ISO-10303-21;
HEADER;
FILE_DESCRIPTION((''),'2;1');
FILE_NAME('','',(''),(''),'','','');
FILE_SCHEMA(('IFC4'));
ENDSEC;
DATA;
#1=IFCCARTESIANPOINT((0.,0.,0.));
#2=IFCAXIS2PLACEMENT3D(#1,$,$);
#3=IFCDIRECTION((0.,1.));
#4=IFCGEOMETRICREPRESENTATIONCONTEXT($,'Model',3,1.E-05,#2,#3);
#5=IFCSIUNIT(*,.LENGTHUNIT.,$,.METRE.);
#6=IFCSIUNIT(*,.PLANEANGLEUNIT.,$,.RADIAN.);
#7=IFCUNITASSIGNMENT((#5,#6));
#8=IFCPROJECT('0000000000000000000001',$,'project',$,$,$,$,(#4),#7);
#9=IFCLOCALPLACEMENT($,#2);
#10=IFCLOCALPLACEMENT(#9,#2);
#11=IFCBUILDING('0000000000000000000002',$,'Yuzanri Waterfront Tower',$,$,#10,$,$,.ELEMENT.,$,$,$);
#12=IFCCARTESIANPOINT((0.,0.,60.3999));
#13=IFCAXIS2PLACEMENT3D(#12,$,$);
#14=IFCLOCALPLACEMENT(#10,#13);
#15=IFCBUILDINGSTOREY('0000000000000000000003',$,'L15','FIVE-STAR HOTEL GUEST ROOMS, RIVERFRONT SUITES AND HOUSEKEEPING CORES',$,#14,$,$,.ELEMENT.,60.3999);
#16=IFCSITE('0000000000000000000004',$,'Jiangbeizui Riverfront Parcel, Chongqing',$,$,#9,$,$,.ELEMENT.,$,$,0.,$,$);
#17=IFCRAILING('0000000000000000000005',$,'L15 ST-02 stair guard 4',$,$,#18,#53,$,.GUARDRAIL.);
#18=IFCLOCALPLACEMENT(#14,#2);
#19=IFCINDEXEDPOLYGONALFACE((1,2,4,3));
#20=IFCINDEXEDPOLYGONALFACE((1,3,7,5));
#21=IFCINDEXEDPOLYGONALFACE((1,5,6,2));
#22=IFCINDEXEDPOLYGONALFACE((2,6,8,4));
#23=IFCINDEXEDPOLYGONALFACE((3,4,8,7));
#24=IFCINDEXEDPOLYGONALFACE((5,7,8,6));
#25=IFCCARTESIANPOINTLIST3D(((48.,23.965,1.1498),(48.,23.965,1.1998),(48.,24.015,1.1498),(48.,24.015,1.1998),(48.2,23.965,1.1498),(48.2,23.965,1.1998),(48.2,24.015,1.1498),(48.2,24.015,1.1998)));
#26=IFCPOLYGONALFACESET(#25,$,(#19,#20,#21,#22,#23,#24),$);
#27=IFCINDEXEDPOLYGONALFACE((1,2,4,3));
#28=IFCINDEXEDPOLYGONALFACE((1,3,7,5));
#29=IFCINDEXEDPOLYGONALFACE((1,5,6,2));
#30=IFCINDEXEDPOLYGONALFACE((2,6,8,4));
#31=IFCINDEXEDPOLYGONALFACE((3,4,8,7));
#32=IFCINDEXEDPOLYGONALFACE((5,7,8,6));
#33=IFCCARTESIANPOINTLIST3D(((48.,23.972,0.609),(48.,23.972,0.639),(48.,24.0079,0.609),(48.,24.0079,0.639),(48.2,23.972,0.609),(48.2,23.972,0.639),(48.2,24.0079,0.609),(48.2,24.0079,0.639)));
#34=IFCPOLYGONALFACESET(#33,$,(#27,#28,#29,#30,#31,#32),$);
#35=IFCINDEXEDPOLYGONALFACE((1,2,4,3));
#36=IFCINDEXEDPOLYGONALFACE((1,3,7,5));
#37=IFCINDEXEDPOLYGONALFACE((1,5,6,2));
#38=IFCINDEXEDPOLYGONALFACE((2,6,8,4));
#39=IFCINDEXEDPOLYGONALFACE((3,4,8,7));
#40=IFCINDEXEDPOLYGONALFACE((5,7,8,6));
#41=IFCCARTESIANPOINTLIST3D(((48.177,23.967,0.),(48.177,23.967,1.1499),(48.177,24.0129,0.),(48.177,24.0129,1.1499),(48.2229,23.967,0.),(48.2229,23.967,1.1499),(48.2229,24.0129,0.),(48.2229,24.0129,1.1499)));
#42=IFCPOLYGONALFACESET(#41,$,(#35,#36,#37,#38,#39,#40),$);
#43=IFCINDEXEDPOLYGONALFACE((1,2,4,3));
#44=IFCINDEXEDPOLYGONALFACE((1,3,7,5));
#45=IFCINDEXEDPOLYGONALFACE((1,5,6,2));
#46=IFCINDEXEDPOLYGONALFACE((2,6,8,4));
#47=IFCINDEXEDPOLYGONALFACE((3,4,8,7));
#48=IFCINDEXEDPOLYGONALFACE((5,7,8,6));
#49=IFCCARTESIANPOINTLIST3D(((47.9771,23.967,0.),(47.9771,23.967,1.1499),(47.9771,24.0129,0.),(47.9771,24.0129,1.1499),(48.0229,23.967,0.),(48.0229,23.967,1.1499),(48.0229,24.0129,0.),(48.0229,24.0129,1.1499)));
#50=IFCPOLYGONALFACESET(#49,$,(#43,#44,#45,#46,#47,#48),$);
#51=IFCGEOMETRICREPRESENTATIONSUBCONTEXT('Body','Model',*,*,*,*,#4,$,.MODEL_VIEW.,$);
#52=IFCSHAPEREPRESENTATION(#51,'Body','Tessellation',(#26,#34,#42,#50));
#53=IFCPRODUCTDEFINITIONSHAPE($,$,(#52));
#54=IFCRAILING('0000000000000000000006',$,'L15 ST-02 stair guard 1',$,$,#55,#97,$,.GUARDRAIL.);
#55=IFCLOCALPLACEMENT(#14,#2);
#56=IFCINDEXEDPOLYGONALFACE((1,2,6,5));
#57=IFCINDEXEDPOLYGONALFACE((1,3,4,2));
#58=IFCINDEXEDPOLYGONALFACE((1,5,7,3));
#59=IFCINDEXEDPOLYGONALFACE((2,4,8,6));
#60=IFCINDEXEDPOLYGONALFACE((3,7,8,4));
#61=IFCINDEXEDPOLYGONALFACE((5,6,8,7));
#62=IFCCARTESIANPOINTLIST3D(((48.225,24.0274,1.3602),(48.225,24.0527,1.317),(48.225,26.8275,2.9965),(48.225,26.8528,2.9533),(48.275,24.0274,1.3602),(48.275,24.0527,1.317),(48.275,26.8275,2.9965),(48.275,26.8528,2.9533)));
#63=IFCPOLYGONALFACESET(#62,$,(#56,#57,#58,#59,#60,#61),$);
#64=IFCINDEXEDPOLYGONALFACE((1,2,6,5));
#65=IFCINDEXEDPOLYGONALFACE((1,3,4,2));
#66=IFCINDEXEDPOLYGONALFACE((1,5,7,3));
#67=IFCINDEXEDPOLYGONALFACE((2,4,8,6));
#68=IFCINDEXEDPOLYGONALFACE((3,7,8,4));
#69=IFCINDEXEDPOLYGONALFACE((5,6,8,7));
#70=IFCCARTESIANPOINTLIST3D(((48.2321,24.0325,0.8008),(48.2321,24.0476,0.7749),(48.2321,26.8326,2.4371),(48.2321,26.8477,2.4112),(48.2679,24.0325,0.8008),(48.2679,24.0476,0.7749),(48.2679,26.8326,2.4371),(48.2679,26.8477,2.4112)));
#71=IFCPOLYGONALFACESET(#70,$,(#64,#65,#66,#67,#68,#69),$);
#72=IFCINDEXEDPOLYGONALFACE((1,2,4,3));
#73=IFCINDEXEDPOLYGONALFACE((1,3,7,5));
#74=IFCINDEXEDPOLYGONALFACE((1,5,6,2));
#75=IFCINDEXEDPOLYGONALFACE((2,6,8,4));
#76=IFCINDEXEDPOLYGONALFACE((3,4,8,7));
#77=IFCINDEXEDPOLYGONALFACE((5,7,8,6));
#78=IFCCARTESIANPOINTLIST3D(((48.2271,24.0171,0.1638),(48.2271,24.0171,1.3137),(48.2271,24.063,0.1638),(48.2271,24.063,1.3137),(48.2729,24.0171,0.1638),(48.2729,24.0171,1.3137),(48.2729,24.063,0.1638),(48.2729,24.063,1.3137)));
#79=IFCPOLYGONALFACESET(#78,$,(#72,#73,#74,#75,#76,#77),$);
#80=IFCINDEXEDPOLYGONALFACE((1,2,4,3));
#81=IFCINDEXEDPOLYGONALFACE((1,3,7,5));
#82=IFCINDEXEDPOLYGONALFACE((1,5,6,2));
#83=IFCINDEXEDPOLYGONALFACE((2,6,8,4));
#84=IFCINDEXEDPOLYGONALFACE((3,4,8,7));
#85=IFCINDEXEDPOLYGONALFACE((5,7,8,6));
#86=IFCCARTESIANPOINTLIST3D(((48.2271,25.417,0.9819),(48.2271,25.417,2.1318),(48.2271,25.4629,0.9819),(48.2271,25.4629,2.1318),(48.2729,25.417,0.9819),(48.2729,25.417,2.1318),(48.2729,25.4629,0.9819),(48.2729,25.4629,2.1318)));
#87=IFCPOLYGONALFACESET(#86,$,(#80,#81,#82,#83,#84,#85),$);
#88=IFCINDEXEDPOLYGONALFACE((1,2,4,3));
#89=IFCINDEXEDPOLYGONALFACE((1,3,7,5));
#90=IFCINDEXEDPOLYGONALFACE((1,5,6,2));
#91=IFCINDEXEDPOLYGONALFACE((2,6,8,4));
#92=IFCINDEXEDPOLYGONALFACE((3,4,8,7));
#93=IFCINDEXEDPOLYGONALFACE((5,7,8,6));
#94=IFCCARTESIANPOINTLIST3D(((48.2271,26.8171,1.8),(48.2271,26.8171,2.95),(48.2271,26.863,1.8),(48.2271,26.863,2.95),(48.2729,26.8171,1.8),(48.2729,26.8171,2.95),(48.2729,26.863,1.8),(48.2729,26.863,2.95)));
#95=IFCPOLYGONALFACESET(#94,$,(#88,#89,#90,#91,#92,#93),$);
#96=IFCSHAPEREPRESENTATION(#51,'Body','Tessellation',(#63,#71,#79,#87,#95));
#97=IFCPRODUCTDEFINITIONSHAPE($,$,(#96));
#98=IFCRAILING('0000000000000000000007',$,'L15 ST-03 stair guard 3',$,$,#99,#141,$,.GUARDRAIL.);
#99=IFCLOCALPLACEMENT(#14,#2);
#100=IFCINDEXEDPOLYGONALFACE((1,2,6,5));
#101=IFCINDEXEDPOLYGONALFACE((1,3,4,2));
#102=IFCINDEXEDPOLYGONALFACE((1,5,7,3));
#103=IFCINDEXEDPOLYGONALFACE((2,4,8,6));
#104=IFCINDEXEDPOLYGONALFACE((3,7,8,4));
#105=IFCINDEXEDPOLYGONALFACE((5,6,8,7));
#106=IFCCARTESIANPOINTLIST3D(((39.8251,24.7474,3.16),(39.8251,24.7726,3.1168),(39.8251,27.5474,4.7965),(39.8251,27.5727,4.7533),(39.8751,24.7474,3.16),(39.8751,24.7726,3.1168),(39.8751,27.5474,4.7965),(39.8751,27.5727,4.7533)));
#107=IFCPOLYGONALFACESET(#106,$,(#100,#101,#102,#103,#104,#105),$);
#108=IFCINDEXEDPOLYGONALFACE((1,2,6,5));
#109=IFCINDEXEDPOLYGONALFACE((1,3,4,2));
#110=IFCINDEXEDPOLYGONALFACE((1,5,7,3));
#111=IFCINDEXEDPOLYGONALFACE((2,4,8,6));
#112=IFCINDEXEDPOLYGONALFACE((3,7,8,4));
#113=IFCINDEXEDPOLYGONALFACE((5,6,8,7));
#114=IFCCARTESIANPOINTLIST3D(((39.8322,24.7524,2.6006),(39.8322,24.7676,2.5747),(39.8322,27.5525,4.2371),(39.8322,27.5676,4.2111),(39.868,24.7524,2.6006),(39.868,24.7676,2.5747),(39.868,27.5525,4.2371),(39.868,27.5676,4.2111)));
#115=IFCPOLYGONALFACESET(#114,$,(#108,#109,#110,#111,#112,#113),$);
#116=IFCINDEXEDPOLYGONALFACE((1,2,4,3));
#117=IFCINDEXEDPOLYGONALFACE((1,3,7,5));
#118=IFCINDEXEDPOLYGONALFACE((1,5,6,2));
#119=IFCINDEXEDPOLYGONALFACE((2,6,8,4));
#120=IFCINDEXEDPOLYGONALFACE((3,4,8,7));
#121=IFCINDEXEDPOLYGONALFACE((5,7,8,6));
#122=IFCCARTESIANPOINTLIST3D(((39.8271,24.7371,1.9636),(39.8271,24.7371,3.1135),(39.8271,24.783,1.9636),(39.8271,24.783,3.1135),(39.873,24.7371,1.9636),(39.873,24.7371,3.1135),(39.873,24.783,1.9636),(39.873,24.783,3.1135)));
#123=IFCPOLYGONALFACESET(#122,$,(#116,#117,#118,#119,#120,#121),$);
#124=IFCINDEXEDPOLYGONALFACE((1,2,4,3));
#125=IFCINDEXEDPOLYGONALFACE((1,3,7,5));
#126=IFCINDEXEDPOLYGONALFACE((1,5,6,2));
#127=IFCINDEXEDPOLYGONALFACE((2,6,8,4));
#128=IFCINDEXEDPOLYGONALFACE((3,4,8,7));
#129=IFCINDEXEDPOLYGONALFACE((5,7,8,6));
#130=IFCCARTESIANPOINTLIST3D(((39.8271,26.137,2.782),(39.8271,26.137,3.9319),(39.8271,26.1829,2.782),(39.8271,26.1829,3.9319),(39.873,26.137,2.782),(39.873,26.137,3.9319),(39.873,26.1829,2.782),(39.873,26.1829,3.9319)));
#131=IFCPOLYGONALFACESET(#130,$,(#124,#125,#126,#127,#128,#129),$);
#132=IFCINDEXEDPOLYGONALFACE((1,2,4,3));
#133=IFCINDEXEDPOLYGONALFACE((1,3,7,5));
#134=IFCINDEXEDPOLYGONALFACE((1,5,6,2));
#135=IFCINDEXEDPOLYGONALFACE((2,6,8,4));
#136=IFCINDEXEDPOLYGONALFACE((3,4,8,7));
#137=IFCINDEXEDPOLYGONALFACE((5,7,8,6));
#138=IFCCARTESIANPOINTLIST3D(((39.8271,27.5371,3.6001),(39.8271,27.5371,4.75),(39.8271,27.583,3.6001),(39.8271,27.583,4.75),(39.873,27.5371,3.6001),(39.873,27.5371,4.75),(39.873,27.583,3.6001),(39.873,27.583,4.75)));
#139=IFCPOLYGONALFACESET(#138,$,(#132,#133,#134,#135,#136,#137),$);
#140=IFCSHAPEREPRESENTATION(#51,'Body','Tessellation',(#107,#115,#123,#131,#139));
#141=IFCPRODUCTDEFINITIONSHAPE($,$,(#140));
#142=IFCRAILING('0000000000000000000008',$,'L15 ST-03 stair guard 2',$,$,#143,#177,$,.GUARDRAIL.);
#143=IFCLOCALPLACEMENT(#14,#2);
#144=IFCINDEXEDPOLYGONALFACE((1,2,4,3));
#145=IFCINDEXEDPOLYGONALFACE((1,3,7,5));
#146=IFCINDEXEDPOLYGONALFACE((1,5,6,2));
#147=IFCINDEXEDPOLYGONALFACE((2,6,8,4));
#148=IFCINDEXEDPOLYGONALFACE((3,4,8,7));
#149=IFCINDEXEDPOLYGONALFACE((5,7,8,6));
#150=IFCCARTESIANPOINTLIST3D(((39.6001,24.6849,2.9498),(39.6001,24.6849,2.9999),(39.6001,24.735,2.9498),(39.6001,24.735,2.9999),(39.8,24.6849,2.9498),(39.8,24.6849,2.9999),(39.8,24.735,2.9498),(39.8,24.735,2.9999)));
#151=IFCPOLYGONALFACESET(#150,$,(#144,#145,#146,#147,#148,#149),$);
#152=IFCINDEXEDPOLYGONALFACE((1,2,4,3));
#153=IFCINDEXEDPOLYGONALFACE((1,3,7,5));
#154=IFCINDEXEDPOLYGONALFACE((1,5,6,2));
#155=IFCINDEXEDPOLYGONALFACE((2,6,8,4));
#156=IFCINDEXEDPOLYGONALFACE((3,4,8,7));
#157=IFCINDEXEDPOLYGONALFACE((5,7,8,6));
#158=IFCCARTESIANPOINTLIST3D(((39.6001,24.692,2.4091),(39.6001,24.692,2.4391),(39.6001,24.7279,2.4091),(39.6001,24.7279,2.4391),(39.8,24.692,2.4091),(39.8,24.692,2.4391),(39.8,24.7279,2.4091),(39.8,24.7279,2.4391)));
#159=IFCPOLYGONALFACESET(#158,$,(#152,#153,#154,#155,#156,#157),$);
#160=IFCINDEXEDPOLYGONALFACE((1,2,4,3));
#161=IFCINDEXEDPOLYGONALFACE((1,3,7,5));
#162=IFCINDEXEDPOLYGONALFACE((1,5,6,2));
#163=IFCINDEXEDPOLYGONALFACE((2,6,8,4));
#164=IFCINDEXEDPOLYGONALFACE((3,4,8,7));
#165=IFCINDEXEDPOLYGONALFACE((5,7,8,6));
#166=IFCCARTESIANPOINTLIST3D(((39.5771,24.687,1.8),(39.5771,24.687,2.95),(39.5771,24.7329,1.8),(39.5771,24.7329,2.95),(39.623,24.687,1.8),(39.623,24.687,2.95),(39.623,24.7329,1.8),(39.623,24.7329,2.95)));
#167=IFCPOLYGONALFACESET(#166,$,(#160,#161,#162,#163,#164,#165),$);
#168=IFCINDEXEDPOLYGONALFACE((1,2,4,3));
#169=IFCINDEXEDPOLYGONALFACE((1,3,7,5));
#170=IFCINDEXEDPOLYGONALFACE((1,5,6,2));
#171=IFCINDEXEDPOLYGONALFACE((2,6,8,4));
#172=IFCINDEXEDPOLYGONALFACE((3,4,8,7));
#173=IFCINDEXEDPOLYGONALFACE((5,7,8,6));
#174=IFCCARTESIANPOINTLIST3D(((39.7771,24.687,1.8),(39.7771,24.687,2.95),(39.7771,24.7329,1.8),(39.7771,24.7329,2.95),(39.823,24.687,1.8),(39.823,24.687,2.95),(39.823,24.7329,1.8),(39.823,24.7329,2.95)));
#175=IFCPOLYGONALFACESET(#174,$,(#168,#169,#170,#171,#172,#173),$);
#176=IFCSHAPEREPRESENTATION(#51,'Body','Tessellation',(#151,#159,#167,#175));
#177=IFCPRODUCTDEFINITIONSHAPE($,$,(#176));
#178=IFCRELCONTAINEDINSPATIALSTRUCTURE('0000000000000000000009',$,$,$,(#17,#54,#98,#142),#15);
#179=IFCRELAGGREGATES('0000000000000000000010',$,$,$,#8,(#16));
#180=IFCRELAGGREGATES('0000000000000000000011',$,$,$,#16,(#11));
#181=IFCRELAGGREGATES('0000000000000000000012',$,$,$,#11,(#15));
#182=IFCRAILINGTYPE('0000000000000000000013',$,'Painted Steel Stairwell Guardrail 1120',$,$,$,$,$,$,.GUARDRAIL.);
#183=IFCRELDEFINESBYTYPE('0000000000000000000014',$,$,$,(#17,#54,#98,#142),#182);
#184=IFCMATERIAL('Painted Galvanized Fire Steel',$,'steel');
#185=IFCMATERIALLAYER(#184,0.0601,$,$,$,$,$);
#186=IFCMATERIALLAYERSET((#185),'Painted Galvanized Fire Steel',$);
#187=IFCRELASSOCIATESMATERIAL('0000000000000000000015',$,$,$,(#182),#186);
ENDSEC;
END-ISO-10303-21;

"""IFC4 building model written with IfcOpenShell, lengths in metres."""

from ifc_helpers import new_model, si_unit, direction, frame, origin, origin_2d, place, context, subcontext, project, spatial, rectangle, extrude, source, transform, mapped, material, layer, layer_set, type_object, element, save


model = new_model("IFC4")

# Units and contexts
model_context = context("Model", 3, precision=1e-05, world=origin(), true_north=direction((0.0, 1.0)))
body_context = subcontext(model_context, "Body", "Model", "MODEL_VIEW")
ifc_project = project(units=[si_unit("LENGTHUNIT", "METRE"), si_unit("PLANEANGLEUNIT", "RADIAN")], contexts=[model_context])

# Site, building, storey
site_placement = place(None, origin())
site = spatial("IfcSite", under=ifc_project, at=site_placement, Name="Jiangbeizui Riverfront Parcel, Chongqing", CompositionType="ELEMENT", RefElevation=0.0)
building_placement = place(site_placement, origin())
building = spatial("IfcBuilding", under=site, at=building_placement, Name="Yuzanri Waterfront Tower", CompositionType="ELEMENT")
storey_placement = place(building_placement, frame((0.0, 0.0, 60.3999)))
storey = spatial("IfcBuildingStorey", under=building, at=storey_placement, Name="L15", Description="FIVE-STAR HOTEL GUEST ROOMS, RIVERFRONT SUITES AND HOUSEKEEPING CORES", CompositionType="ELEMENT", Elevation=60.3999)

# Railings
ifc_material_1 = material(Name="Painted Galvanized Fire Steel", Category="steel")
ifc_layer_1 = layer(ifc_material_1, 0.0601)
ifc_layer_set_1 = layer_set([ifc_layer_1], Name="Painted Galvanized Fire Steel")
railing_type = type_object("IfcRailingType", Name="Painted Steel Stairwell Guardrail 1120", PredefinedType="GUARDRAIL", material=ifc_layer_set_1)
shared_shape_1 = source(origin(), body_context, "Body", "SweptSolid", [
    extrude(rectangle(XDim=0.05, YDim=0.05, at=origin_2d()), frame((0.0, 0.0, 1.1748), z_axis=(-1.0, 0.0, 0.0), x_axis=(0.0, -1.0, 0.0)), (0.0, 0.0, 1.0), 0.2),
    extrude(rectangle(XDim=0.0359, YDim=0.03, at=origin_2d()), frame((0.0, 0.0, 0.624), z_axis=(-1.0, 0.0, 0.0), x_axis=(0.0, -1.0, 0.0)), (0.0, 0.0, 1.0), 0.2),
    extrude(rectangle(XDim=0.0459, YDim=0.0459, at=origin_2d()), origin(), (0.0, 0.0, 1.0), 1.1499),
    extrude(rectangle(XDim=0.0459, YDim=0.0459, at=origin_2d()), frame((-0.2, 0.0, 0.0)), (0.0, 0.0, 1.0), 1.1499),
])
railing_1_placement = place(storey_placement, frame((48.2, 23.99, 0.0)))
element("IfcRailing", 1, at=railing_1_placement, inside=storey, type_object=railing_type, Name="L15 ST-02 stair guard 4", PredefinedType="GUARDRAIL", context=body_context, shape_type="MappedRepresentation", body=[
    mapped(shared_shape_1, transform((0.0, 0.0, 0.0), scale=1.0)),
])
shared_shape_2 = source(origin(), body_context, "Body", "SweptSolid", [
    extrude(rectangle(XDim=0.05, YDim=0.05, at=origin_2d()), frame((0.0, 0.0, 1.1748), z_axis=(0.0, 0.863394, 0.504531), x_axis=(-1.0, 0.0, 0.0)), (0.0, 0.0, 1.0), 3.2432),
    extrude(rectangle(XDim=0.0359, YDim=0.03, at=origin_2d()), frame((0.0, 0.0, 0.624), z_axis=(0.0, 0.863394, 0.504531), x_axis=(-1.0, 0.0, 0.0)), (0.0, 0.0, 1.0), 3.2432),
    extrude(rectangle(XDim=0.0459, YDim=0.0459, at=origin_2d()), origin(), (0.0, 0.0, 1.0), 1.1499),
    extrude(rectangle(XDim=0.0459, YDim=0.0459, at=origin_2d()), frame((0.0, 1.3999, 0.8181)), (0.0, 0.0, 1.0), 1.1499),
    extrude(rectangle(XDim=0.0459, YDim=0.0459, at=origin_2d()), frame((0.0, 2.8, 1.6362)), (0.0, 0.0, 1.0), 1.1499),
])
railing_2_placement = place(storey_placement, frame((48.25, 24.04, 0.1638)))
element("IfcRailing", 2, at=railing_2_placement, inside=storey, type_object=railing_type, Name="L15 ST-02 stair guard 1", PredefinedType="GUARDRAIL", context=body_context, shape_type="MappedRepresentation", body=[
    mapped(shared_shape_2, transform((0.0, 0.0, 0.0), scale=1.0)),
])
shared_shape_3 = source(origin(), body_context, "Body", "SweptSolid", [
    extrude(rectangle(XDim=0.05, YDim=0.05, at=origin_2d()), frame((0.0, 0.0, 1.1748), z_axis=(0.0, 0.863361, 0.504587), x_axis=(-1.0, 0.0, 0.0)), (0.0, 0.0, 1.0), 3.2432),
    extrude(rectangle(XDim=0.0359, YDim=0.03, at=origin_2d()), frame((0.0, 0.0, 0.624), z_axis=(0.0, 0.863361, 0.504587), x_axis=(-1.0, 0.0, 0.0)), (0.0, 0.0, 1.0), 3.2432),
    extrude(rectangle(XDim=0.0459, YDim=0.0459, at=origin_2d()), origin(), (0.0, 0.0, 1.0), 1.1499),
    extrude(rectangle(XDim=0.0459, YDim=0.0459, at=origin_2d()), frame((0.0, 1.3999, 0.8184)), (0.0, 0.0, 1.0), 1.1499),
    extrude(rectangle(XDim=0.0459, YDim=0.0459, at=origin_2d()), frame((0.0, 2.8, 1.6365)), (0.0, 0.0, 1.0), 1.1499),
])
railing_3_placement = place(storey_placement, frame((39.8501, 24.76, 1.9636)))
element("IfcRailing", 3, at=railing_3_placement, inside=storey, type_object=railing_type, Name="L15 ST-03 stair guard 3", PredefinedType="GUARDRAIL", context=body_context, shape_type="MappedRepresentation", body=[
    mapped(shared_shape_3, transform((0.0, 0.0, 0.0), scale=1.0)),
])
shared_shape_4 = source(origin(), body_context, "Body", "SweptSolid", [
    extrude(rectangle(XDim=0.05, YDim=0.05, at=origin_2d()), frame((0.0, 0.0, 1.1748), z_axis=(1.0, 0.0, 0.0), x_axis=(0.0, 1.0, 0.0)), (0.0, 0.0, 1.0), 0.2),
    extrude(rectangle(XDim=0.0359, YDim=0.03, at=origin_2d()), frame((0.0, 0.0, 0.624), z_axis=(1.0, 0.0, 0.0), x_axis=(0.0, 1.0, 0.0)), (0.0, 0.0, 1.0), 0.2),
    extrude(rectangle(XDim=0.0459, YDim=0.0459, at=origin_2d()), origin(), (0.0, 0.0, 1.0), 1.1499),
    extrude(rectangle(XDim=0.0459, YDim=0.0459, at=origin_2d()), frame((0.2, 0.0, 0.0)), (0.0, 0.0, 1.0), 1.1499),
])
railing_4_placement = place(storey_placement, frame((39.6001, 24.71, 1.8)))
element("IfcRailing", 4, at=railing_4_placement, inside=storey, type_object=railing_type, Name="L15 ST-03 stair guard 2", PredefinedType="GUARDRAIL", context=body_context, shape_type="MappedRepresentation", body=[
    mapped(shared_shape_4, transform((0.0, 0.0, 0.0), scale=1.0)),
])

save(model, "model.ifc")
